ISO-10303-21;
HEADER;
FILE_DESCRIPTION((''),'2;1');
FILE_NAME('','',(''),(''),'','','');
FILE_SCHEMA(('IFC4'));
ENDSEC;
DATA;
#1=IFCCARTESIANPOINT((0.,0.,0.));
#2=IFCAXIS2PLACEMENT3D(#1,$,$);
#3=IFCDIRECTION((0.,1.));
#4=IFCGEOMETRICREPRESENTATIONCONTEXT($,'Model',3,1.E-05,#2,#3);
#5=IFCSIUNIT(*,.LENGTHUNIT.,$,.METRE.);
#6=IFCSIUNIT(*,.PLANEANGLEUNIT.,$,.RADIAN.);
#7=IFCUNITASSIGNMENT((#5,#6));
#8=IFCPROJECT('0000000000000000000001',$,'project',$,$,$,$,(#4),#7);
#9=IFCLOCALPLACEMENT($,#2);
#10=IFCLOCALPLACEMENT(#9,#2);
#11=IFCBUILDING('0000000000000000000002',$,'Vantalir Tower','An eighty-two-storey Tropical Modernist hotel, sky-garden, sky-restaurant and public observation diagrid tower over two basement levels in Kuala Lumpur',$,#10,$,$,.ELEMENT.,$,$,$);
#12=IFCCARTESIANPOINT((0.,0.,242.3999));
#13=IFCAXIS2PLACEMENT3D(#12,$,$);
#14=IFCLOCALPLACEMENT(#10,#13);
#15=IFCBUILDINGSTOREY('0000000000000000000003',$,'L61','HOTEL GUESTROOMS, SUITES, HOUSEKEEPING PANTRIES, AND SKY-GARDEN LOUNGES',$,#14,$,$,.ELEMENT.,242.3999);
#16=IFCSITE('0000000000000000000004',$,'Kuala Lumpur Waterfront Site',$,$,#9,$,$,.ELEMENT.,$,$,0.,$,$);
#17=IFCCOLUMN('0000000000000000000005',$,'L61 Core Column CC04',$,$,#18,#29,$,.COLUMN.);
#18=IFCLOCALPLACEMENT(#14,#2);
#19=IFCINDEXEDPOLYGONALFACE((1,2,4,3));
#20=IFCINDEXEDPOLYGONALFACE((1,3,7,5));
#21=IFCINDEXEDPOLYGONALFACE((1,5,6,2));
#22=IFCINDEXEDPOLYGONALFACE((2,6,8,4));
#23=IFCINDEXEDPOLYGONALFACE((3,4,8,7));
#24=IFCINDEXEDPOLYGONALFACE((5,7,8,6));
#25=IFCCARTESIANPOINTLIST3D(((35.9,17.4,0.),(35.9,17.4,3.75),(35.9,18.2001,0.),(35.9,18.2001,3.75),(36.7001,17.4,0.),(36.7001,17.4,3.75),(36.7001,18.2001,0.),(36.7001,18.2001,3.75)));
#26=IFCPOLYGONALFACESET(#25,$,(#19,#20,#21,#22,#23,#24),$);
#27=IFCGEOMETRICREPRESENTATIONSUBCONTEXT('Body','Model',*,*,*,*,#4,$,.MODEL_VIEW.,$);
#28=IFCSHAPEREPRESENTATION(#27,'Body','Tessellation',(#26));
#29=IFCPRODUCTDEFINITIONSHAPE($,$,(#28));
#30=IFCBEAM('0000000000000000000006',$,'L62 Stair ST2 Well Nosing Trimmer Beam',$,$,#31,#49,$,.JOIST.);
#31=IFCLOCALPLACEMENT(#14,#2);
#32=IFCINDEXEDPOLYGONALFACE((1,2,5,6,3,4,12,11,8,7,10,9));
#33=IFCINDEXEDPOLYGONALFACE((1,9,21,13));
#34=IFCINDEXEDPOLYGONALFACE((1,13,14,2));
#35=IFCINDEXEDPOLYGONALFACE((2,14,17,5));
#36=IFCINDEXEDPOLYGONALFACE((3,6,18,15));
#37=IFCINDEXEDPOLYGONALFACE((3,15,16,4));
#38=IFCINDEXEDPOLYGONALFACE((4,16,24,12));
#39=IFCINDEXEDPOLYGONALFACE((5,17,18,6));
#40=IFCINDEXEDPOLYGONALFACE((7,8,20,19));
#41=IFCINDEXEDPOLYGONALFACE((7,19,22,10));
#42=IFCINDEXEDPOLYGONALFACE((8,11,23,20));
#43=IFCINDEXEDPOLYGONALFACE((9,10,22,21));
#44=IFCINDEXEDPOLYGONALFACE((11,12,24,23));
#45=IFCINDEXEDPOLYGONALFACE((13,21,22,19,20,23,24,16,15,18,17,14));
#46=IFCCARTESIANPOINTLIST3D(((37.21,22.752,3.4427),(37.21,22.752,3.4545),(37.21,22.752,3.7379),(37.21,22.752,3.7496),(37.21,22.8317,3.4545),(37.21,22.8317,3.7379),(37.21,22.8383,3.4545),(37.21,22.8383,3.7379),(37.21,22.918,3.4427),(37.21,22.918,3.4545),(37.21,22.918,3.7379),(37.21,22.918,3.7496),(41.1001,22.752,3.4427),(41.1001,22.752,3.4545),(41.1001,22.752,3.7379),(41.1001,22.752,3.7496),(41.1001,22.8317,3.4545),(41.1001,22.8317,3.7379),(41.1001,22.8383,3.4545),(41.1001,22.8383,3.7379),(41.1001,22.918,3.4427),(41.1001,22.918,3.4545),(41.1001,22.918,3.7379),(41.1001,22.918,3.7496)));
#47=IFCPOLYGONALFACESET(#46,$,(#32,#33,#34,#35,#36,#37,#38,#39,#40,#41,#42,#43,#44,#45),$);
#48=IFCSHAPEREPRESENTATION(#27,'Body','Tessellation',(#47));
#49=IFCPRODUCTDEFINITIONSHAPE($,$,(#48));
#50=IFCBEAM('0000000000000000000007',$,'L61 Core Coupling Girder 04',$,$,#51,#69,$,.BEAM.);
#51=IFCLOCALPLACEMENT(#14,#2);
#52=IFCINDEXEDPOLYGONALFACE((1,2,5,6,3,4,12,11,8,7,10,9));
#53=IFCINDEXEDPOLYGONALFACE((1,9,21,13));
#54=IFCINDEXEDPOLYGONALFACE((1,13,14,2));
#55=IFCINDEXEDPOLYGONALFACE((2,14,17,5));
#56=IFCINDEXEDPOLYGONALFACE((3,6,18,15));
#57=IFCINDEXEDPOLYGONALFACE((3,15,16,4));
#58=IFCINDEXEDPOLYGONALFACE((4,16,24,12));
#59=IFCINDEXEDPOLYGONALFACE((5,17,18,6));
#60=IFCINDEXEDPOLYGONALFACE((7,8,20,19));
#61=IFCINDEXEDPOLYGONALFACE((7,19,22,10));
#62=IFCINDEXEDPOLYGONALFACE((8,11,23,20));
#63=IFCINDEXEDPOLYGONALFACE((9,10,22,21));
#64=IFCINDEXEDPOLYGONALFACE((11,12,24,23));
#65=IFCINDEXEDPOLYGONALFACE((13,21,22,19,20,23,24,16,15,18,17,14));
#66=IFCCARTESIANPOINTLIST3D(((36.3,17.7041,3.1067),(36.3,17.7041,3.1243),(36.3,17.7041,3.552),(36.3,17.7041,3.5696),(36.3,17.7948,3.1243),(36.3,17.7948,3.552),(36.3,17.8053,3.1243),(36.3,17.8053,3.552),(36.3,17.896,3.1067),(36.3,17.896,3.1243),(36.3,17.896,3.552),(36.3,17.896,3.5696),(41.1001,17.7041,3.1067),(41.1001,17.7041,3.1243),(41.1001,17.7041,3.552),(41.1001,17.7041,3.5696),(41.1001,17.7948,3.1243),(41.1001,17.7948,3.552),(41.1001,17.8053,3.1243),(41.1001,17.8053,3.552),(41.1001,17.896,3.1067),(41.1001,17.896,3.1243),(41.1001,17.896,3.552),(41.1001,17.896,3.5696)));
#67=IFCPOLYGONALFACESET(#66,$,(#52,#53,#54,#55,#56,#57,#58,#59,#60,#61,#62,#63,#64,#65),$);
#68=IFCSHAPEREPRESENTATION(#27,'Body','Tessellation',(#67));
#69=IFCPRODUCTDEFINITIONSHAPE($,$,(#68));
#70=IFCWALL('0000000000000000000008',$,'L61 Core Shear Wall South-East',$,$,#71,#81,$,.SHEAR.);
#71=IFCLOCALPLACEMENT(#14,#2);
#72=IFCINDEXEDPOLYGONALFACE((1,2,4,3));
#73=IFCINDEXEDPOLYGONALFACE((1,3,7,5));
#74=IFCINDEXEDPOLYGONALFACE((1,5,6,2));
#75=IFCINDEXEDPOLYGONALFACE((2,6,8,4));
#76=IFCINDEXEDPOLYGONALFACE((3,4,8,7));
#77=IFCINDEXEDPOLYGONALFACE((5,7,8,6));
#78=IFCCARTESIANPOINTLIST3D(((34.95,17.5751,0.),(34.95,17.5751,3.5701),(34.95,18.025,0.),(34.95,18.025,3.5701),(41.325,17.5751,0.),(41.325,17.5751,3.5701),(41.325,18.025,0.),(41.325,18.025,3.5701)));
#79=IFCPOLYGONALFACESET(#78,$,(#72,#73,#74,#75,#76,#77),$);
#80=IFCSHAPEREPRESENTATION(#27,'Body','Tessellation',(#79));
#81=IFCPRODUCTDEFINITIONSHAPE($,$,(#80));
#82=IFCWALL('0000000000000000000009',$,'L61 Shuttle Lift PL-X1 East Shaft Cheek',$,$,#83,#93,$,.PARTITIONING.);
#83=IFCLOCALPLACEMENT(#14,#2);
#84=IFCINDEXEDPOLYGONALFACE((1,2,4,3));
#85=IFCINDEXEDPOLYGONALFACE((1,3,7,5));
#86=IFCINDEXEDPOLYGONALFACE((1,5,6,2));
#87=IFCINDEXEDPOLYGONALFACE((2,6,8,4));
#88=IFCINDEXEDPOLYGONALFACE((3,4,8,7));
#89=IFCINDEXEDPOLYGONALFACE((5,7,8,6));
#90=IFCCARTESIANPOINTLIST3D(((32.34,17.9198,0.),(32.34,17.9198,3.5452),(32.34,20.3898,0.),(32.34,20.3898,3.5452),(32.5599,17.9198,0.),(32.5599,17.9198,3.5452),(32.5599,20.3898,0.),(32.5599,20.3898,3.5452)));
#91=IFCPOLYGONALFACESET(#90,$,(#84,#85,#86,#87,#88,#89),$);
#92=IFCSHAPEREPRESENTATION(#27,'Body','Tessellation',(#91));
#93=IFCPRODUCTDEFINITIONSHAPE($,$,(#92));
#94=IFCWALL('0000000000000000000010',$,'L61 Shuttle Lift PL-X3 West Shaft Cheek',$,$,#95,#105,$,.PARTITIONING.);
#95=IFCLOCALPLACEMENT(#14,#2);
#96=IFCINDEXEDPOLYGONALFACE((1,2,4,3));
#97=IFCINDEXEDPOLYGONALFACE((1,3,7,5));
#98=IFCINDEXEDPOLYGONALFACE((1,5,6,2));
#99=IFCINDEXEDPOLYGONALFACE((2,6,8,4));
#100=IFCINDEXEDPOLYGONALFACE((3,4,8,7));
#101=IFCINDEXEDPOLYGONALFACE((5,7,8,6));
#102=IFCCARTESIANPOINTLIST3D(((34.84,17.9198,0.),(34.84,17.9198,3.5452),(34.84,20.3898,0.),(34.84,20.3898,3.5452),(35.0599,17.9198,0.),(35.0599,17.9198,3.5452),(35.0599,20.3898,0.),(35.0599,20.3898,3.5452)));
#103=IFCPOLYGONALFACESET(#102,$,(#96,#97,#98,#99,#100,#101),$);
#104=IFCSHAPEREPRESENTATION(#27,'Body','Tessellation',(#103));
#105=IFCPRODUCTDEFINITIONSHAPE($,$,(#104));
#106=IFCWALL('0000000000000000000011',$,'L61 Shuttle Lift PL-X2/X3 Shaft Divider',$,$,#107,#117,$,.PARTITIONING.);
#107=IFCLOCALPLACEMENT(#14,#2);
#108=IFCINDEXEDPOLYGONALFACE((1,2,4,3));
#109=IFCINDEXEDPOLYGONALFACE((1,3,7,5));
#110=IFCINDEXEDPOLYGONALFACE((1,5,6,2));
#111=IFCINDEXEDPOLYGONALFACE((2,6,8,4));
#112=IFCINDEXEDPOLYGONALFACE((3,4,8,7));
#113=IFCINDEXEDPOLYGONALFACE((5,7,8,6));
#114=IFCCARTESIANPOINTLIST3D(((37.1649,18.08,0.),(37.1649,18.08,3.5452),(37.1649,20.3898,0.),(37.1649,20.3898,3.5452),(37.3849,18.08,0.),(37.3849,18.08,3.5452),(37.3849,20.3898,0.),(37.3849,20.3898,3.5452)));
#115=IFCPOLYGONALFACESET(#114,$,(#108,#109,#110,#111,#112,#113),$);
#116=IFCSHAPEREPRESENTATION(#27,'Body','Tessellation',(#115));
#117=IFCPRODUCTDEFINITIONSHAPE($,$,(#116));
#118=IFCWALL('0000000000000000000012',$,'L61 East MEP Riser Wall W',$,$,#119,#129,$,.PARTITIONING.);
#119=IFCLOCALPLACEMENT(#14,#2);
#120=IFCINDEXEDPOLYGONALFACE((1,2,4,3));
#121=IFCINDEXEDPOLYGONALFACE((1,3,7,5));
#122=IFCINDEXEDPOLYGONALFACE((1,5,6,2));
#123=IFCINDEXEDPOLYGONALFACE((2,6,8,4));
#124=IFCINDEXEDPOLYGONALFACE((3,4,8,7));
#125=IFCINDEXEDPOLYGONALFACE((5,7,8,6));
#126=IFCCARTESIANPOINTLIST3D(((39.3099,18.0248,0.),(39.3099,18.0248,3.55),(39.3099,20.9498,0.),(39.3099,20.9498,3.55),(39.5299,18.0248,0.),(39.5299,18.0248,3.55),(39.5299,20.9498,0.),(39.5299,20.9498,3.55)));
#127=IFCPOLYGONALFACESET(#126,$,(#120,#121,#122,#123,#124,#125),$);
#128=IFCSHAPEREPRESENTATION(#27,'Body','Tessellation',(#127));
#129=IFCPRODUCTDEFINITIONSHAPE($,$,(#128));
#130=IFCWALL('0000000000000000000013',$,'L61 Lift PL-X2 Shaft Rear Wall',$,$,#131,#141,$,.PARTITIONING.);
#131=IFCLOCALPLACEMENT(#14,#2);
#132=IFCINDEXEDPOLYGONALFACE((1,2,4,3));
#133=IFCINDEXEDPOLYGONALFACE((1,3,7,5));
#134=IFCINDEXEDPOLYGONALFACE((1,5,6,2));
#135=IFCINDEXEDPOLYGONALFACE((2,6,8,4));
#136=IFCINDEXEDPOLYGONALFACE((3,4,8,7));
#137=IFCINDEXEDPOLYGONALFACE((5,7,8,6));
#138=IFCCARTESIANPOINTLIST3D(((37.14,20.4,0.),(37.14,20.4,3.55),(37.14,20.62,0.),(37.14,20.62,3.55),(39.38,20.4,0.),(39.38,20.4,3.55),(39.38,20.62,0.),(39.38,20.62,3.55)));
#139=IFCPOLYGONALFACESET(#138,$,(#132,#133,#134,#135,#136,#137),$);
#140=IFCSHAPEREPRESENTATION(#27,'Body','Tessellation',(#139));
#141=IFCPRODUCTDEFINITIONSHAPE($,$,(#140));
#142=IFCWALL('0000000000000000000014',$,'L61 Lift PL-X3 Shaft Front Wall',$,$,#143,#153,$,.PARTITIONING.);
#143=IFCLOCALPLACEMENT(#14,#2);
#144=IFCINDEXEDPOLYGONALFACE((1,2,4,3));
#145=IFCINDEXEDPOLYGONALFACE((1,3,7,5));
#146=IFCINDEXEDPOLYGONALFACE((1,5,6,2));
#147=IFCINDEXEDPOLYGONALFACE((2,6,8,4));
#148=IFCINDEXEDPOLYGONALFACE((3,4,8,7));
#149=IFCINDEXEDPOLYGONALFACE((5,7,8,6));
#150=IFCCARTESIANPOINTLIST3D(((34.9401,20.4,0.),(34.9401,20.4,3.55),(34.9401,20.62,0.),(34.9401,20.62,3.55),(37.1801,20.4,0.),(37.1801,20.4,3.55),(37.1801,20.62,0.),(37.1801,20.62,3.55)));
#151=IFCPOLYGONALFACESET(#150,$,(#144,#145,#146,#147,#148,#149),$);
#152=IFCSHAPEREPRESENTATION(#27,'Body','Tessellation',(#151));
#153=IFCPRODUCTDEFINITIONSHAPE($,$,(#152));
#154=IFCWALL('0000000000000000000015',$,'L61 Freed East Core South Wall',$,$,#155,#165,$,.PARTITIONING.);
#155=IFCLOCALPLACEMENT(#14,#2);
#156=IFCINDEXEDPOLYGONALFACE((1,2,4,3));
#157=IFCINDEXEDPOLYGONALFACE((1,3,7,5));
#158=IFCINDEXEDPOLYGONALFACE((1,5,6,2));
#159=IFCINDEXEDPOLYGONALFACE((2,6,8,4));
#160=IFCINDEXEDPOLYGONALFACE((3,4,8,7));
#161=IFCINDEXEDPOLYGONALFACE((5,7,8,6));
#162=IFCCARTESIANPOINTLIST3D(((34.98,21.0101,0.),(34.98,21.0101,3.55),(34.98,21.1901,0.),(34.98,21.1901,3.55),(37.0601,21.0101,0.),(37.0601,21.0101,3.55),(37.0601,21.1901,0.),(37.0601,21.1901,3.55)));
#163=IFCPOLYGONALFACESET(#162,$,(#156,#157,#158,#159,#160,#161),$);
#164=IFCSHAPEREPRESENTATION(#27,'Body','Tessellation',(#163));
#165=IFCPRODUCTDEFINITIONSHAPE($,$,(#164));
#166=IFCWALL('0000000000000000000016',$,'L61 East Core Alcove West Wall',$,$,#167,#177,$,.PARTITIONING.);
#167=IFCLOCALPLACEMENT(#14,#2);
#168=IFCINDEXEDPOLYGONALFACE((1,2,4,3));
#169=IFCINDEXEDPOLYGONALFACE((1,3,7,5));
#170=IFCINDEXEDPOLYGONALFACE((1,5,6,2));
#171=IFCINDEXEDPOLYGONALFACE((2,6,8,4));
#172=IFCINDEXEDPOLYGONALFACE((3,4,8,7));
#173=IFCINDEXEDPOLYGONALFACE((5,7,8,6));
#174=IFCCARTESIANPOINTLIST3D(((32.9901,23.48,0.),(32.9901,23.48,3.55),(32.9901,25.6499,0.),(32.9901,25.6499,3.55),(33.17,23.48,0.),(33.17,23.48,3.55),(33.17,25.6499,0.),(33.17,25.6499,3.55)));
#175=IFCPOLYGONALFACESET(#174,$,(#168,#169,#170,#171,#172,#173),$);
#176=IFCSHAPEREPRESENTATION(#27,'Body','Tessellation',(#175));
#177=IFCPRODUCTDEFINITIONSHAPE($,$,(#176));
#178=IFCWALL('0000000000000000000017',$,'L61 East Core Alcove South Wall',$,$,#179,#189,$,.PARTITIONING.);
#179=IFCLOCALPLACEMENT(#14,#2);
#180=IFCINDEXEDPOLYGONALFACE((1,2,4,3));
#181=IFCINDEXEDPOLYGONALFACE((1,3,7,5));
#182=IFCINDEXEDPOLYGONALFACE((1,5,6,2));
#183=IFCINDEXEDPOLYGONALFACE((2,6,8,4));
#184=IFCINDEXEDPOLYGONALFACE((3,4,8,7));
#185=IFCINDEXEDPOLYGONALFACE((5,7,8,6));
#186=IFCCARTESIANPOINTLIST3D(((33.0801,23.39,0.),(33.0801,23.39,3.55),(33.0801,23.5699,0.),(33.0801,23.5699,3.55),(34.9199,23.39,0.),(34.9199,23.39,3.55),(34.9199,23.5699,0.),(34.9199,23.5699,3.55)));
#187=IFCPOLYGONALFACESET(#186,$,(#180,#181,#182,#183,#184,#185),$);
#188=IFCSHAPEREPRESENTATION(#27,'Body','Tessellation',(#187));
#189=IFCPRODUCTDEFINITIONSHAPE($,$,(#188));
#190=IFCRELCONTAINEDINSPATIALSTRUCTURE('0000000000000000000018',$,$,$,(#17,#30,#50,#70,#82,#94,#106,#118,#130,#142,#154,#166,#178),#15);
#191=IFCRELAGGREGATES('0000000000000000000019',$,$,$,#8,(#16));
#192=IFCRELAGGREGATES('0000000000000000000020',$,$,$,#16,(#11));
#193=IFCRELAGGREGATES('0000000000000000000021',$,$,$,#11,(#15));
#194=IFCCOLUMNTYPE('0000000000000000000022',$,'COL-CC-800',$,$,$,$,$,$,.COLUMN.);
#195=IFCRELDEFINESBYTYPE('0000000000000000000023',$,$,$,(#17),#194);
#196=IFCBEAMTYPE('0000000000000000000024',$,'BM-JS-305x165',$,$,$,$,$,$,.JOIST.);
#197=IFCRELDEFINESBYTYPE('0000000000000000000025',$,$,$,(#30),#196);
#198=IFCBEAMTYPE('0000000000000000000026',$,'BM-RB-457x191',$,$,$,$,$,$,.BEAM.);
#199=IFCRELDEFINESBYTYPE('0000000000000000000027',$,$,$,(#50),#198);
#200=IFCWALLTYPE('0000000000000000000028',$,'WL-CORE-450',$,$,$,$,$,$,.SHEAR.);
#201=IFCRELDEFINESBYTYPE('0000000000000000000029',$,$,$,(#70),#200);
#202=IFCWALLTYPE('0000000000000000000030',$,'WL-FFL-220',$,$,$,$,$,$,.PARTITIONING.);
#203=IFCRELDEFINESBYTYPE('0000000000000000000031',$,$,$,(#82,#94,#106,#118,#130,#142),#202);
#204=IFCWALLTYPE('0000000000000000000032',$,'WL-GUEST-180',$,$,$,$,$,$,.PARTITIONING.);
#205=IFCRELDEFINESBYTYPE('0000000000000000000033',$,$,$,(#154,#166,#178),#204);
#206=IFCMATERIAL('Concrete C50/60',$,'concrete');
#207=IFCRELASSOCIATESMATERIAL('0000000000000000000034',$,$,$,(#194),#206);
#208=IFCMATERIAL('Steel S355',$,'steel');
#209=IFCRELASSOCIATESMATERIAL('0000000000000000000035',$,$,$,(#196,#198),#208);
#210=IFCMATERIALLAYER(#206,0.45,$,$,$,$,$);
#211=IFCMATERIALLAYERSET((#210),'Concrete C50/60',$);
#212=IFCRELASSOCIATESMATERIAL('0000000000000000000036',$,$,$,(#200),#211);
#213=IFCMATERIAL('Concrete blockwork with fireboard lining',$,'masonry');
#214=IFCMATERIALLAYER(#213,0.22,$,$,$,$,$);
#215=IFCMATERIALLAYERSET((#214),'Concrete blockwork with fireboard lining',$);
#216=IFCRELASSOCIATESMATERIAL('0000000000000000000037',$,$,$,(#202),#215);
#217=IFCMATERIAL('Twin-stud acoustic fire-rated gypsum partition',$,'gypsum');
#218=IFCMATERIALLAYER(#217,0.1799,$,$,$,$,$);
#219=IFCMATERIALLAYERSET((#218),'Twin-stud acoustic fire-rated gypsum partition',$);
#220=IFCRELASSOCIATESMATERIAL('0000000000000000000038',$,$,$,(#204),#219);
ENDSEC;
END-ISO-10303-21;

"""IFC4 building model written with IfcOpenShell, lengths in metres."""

from ifc_helpers import new_model, si_unit, direction, frame, frame_2d, origin, origin_2d, place, context, subcontext, project, spatial, rectangle, i_section, extrude, material, layer, layer_set, material_profile, profile_set, type_object, element, save


model = new_model("IFC4")

# Units and contexts
model_context = context("Model", 3, precision=1e-05, world=origin(), true_north=direction((0.0, 1.0)))
body_context = subcontext(model_context, "Body", "Model", "MODEL_VIEW")
ifc_project = project(units=[si_unit("LENGTHUNIT", "METRE"), si_unit("PLANEANGLEUNIT", "RADIAN")], contexts=[model_context])

# Site, building, storey
site_placement = place(None, origin())
site = spatial("IfcSite", under=ifc_project, at=site_placement, Name="Kuala Lumpur Waterfront Site", CompositionType="ELEMENT", RefElevation=0.0)
building_placement = place(site_placement, origin())
building = spatial("IfcBuilding", under=site, at=building_placement, Name="Vantalir Tower", Description="An eighty-two-storey Tropical Modernist hotel, sky-garden, sky-restaurant and public observation diagrid tower over two basement levels in Kuala Lumpur", CompositionType="ELEMENT")
storey_placement = place(building_placement, frame((0.0, 0.0, 242.3999)))
storey = spatial("IfcBuildingStorey", under=building, at=storey_placement, Name="L61", Description="HOTEL GUESTROOMS, SUITES, HOUSEKEEPING PANTRIES, AND SKY-GARDEN LOUNGES", CompositionType="ELEMENT", Elevation=242.3999)

# Column
ifc_material_1 = material(Name="Concrete C50/60", Category="concrete")
ifc_material_profile_1 = material_profile(ifc_material_1, rectangle(XDim=0.8, YDim=0.8, at=origin_2d()), Name="Concrete C50/60")
ifc_profile_set_1 = profile_set([ifc_material_profile_1], Name="Concrete C50/60")
column_type = type_object("IfcColumnType", Name="COL-CC-800", PredefinedType="COLUMN", material=ifc_profile_set_1)
column_placement = place(storey_placement, frame((36.3, 17.8, 0.0), z_axis=(0.0, 0.0, 1.0), x_axis=(1.0, 0.0, 0.0)))
element("IfcColumn", 1, at=column_placement, inside=storey, type_object=column_type, Name="L61 Core Column CC04", PredefinedType="COLUMN", context=body_context, shape_type="SweptSolid", body=[
    extrude(rectangle(XDim=0.8, YDim=0.8, at=origin_2d()), origin(), (0.0, 0.0, 1.0), 3.75),
])

# Beams
ifc_material_2 = material(Name="Steel S355", Category="steel")
ifc_material_profile_2 = material_profile(ifc_material_2, i_section(OverallWidth=0.166, OverallDepth=0.3069, WebThickness=0.0066, FlangeThickness=0.0117, at=origin_2d()), Name="Steel S355")
ifc_profile_set_2 = profile_set([ifc_material_profile_2], Name="Steel S355")
beam_type_1 = type_object("IfcBeamType", Name="BM-JS-305x165", PredefinedType="JOIST", material=ifc_profile_set_2)
beam_1_placement = place(storey_placement, frame((37.21, 22.835, 3.5962), z_axis=(1.0, 0.0, 0.0), x_axis=(0.0, 1.0, 0.0)))
element("IfcBeam", 2, at=beam_1_placement, inside=storey, type_object=beam_type_1, Name="L62 Stair ST2 Well Nosing Trimmer Beam", PredefinedType="JOIST", context=body_context, shape_type="SweptSolid", body=[
    extrude(i_section(OverallWidth=0.166, OverallDepth=0.3069, WebThickness=0.0066, FlangeThickness=0.0117, at=origin_2d()), origin(), (0.0, 0.0, 1.0), 3.8901),
])
ifc_material_profile_3 = material_profile(ifc_material_2, i_section(OverallWidth=0.1919, OverallDepth=0.4629, WebThickness=0.0105, FlangeThickness=0.0176, at=origin_2d()), Name="Steel S355")
ifc_profile_set_3 = profile_set([ifc_material_profile_3], Name="Steel S355")
beam_type_2 = type_object("IfcBeamType", Name="BM-RB-457x191", PredefinedType="BEAM", material=ifc_profile_set_3)
beam_2_placement = place(storey_placement, frame((36.3, 17.8, 3.3381), z_axis=(1.0, 0.0, 0.0), x_axis=(0.0, 1.0, 0.0)))
element("IfcBeam", 3, at=beam_2_placement, inside=storey, type_object=beam_type_2, Name="L61 Core Coupling Girder 04", PredefinedType="BEAM", context=body_context, shape_type="SweptSolid", body=[
    extrude(i_section(OverallWidth=0.1919, OverallDepth=0.4629, WebThickness=0.0105, FlangeThickness=0.0176, at=origin_2d()), origin(), (0.0, 0.0, 1.0), 4.8),
])

# Walls
ifc_layer_1 = layer(ifc_material_1, 0.45)
ifc_layer_set_1 = layer_set([ifc_layer_1], Name="Concrete C50/60")
wall_type_1 = type_object("IfcWallType", Name="WL-CORE-450", PredefinedType="SHEAR", material=ifc_layer_set_1)
wall_1_placement = place(storey_placement, frame((34.95, 17.8, 0.0), z_axis=(0.0, 0.0, 1.0), x_axis=(1.0, 0.0, 0.0)))
element("IfcWall", 4, at=wall_1_placement, inside=storey, type_object=wall_type_1, Name="L61 Core Shear Wall South-East", PredefinedType="SHEAR", context=body_context, shape_type="SweptSolid", body=[
    extrude(rectangle(XDim=6.375, YDim=0.45, at=frame_2d((3.1875, 0.0))), origin(), (0.0, 0.0, 1.0), 3.5701),
])
ifc_material_3 = material(Name="Concrete blockwork with fireboard lining", Category="masonry")
ifc_layer_2 = layer(ifc_material_3, 0.22)
ifc_layer_set_2 = layer_set([ifc_layer_2], Name="Concrete blockwork with fireboard lining")
wall_type_2 = type_object("IfcWallType", Name="WL-FFL-220", PredefinedType="PARTITIONING", material=ifc_layer_set_2)
for number, where, z_axis, x_axis, name in (
    (5, (32.45, 17.9199, 0.0), (0.0, 0.0, 1.0), (0.0, 1.0, 0.0), "L61 Shuttle Lift PL-X1 East Shaft Cheek"),
    (6, (34.95, 17.9199, 0.0), (0.0, 0.0, 1.0), (0.0, 1.0, 0.0), "L61 Shuttle Lift PL-X3 West Shaft Cheek"),
):
    element("IfcWall", number, at=place(storey_placement, frame(where, z_axis=z_axis, x_axis=x_axis)), inside=storey, type_object=wall_type_2, Name=name, PredefinedType="PARTITIONING", context=body_context, shape_type="SweptSolid", body=[
        extrude(rectangle(XDim=2.47, YDim=0.22, at=frame_2d((1.2349, 0.0))), origin(), (0.0, 0.0, 1.0), 3.5452),
    ])
wall_2_placement = place(storey_placement, frame((37.2749, 18.0801, 0.0), z_axis=(0.0, 0.0, 1.0), x_axis=(0.0, 1.0, 0.0)))
element("IfcWall", 7, at=wall_2_placement, inside=storey, type_object=wall_type_2, Name="L61 Shuttle Lift PL-X2/X3 Shaft Divider", PredefinedType="PARTITIONING", context=body_context, shape_type="SweptSolid", body=[
    extrude(rectangle(XDim=2.3098, YDim=0.22, at=frame_2d((1.1548, 0.0))), origin(), (0.0, 0.0, 1.0), 3.5452),
])
wall_3_placement = place(storey_placement, frame((39.4199, 18.0249, 0.0), z_axis=(0.0, 0.0, 1.0), x_axis=(0.0, 1.0, 0.0)))
element("IfcWall", 8, at=wall_3_placement, inside=storey, type_object=wall_type_2, Name="L61 East MEP Riser Wall W", PredefinedType="PARTITIONING", context=body_context, shape_type="SweptSolid", body=[
    extrude(rectangle(XDim=2.925, YDim=0.22, at=frame_2d((1.4624, 0.0))), origin(), (0.0, 0.0, 1.0), 3.55),
])
for number, where, z_axis, x_axis, name in (
    (9, (37.1399, 20.51, 0.0), (0.0, 0.0, 1.0), (1.0, 0.0, 0.0), "L61 Lift PL-X2 Shaft Rear Wall"),
    (10, (34.9399, 20.51, 0.0), (0.0, 0.0, 1.0), (1.0, 0.0, 0.0), "L61 Lift PL-X3 Shaft Front Wall"),
):
    element("IfcWall", number, at=place(storey_placement, frame(where, z_axis=z_axis, x_axis=x_axis)), inside=storey, type_object=wall_type_2, Name=name, PredefinedType="PARTITIONING", context=body_context, shape_type="SweptSolid", body=[
        extrude(rectangle(XDim=2.24, YDim=0.22, at=frame_2d((1.1201, 0.0))), origin(), (0.0, 0.0, 1.0), 3.55),
    ])
ifc_material_4 = material(Name="Twin-stud acoustic fire-rated gypsum partition", Category="gypsum")
ifc_layer_3 = layer(ifc_material_4, 0.1799)
ifc_layer_set_3 = layer_set([ifc_layer_3], Name="Twin-stud acoustic fire-rated gypsum partition")
wall_type_3 = type_object("IfcWallType", Name="WL-GUEST-180", PredefinedType="PARTITIONING", material=ifc_layer_set_3)
wall_4_placement = place(storey_placement, frame((34.98, 21.1001, 0.0), z_axis=(0.0, 0.0, 1.0), x_axis=(1.0, 0.0, 0.0)))
element("IfcWall", 11, at=wall_4_placement, inside=storey, type_object=wall_type_3, Name="L61 Freed East Core South Wall", PredefinedType="PARTITIONING", context=body_context, shape_type="SweptSolid", body=[
    extrude(rectangle(XDim=2.0801, YDim=0.1799, at=frame_2d((1.04, 0.0))), origin(), (0.0, 0.0, 1.0), 3.55),
])
wall_5_placement = place(storey_placement, frame((33.0801, 23.48, 0.0), z_axis=(0.0, 0.0, 1.0), x_axis=(0.0, 1.0, 0.0)))
element("IfcWall", 12, at=wall_5_placement, inside=storey, type_object=wall_type_3, Name="L61 East Core Alcove West Wall", PredefinedType="PARTITIONING", context=body_context, shape_type="SweptSolid", body=[
    extrude(rectangle(XDim=2.1699, YDim=0.1799, at=frame_2d((1.085, 0.0))), origin(), (0.0, 0.0, 1.0), 3.55),
])
wall_6_placement = place(storey_placement, frame((33.0801, 23.48, 0.0), z_axis=(0.0, 0.0, 1.0), x_axis=(1.0, 0.0, 0.0)))
element("IfcWall", 13, at=wall_6_placement, inside=storey, type_object=wall_type_3, Name="L61 East Core Alcove South Wall", PredefinedType="PARTITIONING", context=body_context, shape_type="SweptSolid", body=[
    extrude(rectangle(XDim=1.8398, YDim=0.1799, at=frame_2d((0.9199, 0.0))), origin(), (0.0, 0.0, 1.0), 3.55),
])

save(model, "model.ifc")
